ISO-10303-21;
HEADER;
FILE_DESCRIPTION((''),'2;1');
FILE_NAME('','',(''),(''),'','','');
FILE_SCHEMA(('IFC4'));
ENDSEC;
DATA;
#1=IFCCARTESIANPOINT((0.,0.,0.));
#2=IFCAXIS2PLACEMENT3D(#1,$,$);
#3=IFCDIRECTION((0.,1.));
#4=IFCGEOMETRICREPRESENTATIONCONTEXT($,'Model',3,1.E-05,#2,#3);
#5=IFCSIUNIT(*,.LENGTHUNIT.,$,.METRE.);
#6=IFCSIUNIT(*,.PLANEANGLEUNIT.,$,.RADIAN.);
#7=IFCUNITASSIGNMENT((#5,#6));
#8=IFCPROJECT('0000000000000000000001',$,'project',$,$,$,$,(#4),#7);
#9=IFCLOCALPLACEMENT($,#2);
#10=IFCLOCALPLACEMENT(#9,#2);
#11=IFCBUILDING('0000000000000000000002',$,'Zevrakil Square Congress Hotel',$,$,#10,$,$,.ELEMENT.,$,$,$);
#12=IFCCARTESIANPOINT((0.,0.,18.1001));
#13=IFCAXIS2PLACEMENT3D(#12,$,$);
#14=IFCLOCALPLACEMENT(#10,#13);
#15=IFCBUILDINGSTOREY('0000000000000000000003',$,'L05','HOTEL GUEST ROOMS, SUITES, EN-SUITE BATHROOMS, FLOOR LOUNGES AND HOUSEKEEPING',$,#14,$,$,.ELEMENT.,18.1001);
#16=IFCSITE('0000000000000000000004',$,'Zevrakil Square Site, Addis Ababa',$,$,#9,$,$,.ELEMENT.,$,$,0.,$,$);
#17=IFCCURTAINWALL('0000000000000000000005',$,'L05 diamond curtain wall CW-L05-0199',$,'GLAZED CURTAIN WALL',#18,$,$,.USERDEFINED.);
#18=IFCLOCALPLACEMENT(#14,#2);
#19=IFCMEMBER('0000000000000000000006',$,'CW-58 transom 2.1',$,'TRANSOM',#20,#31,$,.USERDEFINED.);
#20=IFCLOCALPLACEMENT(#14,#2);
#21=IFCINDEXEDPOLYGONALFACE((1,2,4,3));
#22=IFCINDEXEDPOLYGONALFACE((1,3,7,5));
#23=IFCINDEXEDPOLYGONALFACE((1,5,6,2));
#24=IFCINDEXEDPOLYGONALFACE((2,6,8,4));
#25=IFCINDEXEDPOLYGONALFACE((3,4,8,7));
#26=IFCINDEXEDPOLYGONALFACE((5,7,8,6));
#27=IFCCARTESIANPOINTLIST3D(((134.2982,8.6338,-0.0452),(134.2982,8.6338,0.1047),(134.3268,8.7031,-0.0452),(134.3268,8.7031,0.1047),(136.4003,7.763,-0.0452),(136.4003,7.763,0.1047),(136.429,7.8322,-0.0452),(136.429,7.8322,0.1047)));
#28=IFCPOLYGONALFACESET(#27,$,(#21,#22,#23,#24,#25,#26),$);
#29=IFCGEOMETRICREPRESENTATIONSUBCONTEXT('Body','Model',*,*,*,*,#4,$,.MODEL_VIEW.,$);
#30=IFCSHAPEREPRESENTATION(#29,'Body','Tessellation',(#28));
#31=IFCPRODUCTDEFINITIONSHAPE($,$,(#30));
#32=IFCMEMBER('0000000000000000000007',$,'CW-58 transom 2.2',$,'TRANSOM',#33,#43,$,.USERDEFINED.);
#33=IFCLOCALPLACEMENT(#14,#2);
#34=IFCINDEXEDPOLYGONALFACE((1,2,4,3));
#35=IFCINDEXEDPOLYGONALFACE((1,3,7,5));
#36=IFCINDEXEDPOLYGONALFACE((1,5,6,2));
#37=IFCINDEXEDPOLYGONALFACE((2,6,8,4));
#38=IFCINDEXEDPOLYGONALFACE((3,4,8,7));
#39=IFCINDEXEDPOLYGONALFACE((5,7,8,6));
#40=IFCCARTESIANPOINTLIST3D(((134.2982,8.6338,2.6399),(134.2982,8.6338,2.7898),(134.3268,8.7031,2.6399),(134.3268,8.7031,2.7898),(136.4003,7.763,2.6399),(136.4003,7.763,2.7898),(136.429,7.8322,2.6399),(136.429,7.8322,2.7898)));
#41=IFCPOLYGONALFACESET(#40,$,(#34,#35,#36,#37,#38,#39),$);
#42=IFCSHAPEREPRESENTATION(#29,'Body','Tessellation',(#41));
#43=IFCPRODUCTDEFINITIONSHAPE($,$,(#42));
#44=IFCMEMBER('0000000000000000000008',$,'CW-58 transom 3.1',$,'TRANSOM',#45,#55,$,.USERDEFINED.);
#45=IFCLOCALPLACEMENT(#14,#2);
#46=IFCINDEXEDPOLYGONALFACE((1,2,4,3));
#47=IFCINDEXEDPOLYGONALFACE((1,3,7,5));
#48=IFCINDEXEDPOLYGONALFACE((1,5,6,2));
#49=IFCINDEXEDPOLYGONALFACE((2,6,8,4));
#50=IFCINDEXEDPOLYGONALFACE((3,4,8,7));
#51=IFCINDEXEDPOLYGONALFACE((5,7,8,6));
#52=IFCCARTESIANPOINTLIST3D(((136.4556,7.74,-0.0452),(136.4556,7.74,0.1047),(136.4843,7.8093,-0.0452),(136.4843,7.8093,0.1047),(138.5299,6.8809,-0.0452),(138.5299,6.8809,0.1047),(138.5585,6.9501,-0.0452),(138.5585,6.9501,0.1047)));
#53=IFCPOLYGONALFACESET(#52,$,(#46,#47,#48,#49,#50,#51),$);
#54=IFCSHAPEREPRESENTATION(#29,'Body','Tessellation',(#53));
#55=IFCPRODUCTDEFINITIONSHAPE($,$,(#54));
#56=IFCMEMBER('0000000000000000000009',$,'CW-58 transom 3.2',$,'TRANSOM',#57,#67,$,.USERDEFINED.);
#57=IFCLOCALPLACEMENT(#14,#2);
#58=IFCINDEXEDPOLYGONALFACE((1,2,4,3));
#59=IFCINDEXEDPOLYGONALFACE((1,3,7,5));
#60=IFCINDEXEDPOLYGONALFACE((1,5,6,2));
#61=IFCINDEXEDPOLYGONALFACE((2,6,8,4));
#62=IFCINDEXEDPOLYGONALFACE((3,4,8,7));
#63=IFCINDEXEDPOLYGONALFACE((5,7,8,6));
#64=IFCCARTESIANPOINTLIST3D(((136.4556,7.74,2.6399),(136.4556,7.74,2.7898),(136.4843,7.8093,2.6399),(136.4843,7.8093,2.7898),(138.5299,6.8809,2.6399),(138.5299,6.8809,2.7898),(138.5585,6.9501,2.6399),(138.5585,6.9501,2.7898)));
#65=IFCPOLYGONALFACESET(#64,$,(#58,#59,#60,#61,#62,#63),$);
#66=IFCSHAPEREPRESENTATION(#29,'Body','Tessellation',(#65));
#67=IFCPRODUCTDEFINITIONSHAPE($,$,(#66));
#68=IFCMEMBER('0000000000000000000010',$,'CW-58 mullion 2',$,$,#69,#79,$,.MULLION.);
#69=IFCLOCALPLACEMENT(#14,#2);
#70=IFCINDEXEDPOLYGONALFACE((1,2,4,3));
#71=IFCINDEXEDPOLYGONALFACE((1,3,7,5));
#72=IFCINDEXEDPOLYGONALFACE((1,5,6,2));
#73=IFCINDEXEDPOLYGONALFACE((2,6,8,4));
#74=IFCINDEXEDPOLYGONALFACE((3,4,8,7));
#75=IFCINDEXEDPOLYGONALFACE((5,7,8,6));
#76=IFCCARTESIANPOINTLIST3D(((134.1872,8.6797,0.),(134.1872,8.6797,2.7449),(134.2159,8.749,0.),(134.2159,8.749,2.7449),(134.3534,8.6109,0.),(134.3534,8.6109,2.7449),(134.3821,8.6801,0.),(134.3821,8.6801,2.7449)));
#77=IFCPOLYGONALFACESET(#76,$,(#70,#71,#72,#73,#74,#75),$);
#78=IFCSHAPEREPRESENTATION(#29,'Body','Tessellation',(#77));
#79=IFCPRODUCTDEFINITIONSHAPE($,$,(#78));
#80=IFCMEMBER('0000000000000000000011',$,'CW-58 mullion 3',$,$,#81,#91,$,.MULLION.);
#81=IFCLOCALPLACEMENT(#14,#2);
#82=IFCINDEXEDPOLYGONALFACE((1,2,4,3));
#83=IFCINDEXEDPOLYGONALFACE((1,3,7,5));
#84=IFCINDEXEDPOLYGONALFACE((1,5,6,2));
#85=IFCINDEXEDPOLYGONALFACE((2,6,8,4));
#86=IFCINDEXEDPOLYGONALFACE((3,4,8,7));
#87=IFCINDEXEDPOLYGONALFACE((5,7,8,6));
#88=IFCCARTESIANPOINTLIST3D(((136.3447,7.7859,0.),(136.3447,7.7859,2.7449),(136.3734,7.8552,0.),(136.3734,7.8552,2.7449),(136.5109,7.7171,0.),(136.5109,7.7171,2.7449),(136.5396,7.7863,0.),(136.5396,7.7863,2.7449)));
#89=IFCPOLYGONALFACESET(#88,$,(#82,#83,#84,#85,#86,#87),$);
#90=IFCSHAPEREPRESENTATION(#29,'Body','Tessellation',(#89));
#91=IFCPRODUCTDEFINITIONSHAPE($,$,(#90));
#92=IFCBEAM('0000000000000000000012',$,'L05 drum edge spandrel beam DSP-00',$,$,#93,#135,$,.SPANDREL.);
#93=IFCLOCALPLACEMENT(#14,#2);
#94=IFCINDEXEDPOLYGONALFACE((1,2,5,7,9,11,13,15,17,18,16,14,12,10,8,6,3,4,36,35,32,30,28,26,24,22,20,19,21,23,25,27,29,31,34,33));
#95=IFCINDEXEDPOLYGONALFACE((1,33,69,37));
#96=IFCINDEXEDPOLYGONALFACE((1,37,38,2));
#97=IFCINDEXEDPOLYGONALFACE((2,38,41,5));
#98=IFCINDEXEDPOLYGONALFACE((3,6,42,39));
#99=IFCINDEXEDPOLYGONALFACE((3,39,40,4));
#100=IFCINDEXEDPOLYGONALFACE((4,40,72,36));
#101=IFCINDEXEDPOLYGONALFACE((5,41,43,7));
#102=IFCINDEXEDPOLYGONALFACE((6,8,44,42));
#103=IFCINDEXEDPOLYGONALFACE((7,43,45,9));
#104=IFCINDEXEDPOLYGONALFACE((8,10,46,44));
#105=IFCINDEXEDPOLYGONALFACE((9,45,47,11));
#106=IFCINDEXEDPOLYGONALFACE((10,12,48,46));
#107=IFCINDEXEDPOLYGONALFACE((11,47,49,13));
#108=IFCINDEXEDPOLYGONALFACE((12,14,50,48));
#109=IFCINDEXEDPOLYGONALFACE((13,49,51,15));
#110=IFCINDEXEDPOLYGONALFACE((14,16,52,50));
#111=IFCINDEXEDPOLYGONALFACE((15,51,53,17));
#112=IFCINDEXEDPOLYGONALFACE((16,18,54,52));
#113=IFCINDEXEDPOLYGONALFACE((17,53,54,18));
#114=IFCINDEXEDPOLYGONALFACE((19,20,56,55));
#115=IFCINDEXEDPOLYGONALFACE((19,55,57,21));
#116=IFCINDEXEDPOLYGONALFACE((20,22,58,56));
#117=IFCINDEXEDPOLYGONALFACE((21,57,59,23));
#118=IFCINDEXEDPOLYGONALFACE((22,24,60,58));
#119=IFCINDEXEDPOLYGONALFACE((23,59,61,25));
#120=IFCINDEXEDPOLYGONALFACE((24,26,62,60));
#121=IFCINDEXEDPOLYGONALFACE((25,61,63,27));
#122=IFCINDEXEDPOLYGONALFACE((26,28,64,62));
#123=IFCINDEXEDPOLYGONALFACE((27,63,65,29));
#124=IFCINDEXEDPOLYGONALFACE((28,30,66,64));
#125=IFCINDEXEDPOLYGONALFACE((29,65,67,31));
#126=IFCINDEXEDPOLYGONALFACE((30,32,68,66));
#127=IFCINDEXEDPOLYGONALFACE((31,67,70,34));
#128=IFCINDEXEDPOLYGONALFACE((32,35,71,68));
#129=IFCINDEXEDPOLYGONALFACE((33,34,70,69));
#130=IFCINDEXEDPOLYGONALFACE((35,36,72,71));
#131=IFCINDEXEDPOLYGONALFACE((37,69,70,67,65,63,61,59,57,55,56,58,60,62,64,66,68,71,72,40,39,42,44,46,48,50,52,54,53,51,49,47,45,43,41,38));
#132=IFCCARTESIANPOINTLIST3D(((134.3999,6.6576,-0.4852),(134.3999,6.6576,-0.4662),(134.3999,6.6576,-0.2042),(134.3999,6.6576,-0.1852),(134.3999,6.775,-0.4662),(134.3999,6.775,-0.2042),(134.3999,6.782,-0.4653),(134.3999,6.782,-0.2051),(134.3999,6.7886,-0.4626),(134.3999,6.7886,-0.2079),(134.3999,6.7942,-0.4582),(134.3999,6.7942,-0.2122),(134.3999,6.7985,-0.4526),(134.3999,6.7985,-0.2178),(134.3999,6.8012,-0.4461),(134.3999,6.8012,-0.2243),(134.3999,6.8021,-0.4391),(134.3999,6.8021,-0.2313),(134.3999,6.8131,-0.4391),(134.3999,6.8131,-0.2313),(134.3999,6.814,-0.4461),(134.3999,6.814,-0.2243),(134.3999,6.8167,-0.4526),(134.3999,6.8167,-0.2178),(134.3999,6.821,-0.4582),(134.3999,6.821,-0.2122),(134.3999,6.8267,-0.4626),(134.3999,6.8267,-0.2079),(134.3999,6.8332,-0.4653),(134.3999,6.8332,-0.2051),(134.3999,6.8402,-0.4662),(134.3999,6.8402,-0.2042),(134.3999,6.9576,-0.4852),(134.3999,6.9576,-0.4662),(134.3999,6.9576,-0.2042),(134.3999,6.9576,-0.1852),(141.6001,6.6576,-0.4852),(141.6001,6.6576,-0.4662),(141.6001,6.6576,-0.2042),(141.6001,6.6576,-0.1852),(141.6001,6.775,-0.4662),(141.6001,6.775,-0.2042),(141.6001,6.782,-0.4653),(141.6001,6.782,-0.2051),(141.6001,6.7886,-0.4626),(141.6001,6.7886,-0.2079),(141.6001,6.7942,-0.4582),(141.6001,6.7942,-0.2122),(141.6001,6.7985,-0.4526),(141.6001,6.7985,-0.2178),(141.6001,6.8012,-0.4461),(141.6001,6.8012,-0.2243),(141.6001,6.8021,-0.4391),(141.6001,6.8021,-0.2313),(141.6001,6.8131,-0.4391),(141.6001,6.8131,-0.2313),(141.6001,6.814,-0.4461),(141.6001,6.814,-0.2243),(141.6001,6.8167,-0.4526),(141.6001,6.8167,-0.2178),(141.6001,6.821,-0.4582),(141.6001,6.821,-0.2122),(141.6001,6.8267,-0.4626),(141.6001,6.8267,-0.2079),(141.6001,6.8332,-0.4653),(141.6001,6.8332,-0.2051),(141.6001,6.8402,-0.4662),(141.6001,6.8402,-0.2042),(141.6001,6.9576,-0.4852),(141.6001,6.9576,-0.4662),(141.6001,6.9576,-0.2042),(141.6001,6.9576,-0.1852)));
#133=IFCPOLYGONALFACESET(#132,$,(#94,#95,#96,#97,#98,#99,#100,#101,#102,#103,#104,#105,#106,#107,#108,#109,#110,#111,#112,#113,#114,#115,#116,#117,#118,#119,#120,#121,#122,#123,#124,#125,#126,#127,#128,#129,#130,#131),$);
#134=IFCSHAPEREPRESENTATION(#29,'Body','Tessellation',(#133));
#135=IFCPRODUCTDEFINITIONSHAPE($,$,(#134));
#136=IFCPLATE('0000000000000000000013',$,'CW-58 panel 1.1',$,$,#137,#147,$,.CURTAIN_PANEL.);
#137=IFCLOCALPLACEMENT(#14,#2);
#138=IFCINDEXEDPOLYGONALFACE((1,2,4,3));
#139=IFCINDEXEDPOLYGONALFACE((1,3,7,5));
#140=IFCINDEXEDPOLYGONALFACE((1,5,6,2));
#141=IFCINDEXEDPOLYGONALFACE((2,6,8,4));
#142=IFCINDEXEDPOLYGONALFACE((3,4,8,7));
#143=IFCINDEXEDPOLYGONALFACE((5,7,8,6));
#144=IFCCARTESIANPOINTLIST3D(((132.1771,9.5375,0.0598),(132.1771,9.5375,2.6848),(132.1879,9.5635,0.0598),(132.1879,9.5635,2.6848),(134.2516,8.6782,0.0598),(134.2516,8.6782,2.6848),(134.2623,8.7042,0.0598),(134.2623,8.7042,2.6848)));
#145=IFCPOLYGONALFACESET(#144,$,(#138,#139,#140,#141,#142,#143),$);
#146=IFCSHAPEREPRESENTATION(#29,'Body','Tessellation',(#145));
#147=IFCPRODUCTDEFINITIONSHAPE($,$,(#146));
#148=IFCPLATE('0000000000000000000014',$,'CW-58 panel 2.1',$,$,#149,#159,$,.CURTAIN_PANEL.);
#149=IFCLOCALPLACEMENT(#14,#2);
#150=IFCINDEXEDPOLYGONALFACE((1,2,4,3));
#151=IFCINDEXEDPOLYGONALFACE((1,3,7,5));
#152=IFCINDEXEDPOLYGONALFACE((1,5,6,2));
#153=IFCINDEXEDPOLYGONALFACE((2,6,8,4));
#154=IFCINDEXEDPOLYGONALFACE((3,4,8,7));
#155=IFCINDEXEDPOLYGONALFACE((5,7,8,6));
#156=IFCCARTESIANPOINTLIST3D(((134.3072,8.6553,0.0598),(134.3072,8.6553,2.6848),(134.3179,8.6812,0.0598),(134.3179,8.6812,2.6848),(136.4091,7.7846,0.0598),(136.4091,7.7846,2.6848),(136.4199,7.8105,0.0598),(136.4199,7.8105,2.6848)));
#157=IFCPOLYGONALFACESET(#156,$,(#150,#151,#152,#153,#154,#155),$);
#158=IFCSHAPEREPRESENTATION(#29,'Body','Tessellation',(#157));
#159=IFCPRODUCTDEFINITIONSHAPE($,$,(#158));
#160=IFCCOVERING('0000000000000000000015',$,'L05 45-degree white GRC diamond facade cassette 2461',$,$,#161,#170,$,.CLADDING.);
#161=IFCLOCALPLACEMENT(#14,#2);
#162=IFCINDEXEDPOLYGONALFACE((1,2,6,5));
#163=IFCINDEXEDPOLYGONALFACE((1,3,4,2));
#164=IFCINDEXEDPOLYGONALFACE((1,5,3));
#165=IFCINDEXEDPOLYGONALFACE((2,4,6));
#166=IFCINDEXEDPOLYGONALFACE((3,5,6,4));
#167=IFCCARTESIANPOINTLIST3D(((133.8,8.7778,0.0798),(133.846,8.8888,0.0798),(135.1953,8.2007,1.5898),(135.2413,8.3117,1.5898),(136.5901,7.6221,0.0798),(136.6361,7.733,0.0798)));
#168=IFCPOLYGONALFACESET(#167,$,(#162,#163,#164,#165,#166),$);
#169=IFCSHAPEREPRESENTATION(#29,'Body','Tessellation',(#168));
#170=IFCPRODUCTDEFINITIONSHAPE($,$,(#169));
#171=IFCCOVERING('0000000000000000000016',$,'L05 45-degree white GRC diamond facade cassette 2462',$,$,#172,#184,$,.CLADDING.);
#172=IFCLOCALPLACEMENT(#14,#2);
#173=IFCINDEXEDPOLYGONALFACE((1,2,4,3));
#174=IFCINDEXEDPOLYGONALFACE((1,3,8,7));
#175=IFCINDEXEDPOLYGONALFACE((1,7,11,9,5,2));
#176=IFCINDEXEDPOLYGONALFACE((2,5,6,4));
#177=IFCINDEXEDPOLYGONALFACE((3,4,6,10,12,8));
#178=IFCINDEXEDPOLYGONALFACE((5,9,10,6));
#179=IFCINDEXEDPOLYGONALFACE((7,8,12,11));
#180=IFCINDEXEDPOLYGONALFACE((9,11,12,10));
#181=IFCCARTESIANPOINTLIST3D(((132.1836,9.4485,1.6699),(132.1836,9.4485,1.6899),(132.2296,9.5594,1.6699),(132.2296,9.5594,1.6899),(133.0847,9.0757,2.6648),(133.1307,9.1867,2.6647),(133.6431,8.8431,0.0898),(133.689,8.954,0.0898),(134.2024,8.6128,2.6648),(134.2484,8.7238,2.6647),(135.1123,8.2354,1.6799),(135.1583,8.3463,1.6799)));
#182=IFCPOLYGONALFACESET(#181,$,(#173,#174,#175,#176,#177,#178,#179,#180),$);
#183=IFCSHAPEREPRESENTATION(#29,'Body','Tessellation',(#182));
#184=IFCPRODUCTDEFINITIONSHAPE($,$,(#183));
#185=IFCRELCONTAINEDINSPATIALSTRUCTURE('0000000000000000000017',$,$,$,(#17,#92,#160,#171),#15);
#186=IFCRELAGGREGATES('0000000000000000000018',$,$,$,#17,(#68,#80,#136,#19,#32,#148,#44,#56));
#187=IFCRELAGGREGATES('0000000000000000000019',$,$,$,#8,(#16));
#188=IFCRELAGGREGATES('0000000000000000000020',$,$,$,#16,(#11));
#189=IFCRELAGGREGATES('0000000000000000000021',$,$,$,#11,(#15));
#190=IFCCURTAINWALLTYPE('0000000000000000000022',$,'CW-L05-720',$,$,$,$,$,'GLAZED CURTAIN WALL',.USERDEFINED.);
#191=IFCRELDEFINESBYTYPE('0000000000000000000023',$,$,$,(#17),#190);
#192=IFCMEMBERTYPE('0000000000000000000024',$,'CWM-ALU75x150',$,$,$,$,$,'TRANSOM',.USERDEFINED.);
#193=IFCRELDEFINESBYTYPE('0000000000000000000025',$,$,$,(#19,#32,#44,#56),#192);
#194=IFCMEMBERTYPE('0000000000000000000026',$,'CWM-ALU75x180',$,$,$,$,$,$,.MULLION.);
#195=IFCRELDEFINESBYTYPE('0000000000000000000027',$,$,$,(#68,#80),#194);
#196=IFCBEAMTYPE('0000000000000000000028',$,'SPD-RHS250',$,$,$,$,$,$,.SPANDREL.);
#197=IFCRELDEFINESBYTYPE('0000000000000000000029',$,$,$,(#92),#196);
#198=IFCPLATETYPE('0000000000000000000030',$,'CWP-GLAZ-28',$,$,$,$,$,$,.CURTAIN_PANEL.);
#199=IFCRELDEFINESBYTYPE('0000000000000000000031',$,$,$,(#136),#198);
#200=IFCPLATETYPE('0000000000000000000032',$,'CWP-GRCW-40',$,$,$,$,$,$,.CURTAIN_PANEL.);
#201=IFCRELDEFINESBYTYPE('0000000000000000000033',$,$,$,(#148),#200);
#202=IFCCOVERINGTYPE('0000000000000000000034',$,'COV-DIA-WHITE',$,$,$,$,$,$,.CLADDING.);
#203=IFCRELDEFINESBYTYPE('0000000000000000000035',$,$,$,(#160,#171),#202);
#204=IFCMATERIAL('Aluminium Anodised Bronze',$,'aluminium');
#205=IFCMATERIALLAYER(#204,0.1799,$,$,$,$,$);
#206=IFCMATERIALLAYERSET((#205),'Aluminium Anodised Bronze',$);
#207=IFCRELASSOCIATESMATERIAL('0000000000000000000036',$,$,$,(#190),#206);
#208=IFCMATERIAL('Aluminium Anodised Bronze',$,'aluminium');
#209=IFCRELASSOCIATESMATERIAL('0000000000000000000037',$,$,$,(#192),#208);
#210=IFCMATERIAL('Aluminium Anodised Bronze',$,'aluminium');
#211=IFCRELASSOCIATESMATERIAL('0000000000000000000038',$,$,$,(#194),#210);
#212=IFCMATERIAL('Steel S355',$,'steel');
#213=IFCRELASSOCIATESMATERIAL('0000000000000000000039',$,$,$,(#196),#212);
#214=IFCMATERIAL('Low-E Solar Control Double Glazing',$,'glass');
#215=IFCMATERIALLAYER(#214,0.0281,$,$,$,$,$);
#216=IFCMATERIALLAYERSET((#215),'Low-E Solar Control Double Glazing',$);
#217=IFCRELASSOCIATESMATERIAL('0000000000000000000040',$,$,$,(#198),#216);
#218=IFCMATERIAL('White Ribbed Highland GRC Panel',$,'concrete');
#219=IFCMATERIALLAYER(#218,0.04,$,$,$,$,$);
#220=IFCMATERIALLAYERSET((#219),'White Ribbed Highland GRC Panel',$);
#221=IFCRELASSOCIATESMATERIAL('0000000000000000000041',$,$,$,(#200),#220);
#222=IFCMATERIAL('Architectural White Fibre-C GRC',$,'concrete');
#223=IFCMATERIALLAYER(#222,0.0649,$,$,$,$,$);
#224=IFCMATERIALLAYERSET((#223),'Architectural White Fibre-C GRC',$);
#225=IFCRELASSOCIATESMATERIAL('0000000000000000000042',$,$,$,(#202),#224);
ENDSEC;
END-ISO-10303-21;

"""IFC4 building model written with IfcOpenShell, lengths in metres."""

from ifc_helpers import new_model, si_unit, direction, frame, origin, origin_2d, place, context, subcontext, project, spatial, polyline, rectangle, i_section, outline, extrude, material, layer, layer_set, material_profile, profile_set, type_object, element, aggregate, save


model = new_model("IFC4")

# Units and contexts
model_context = context("Model", 3, precision=1e-05, world=origin(), true_north=direction((0.0, 1.0)))
body_context = subcontext(model_context, "Body", "Model", "MODEL_VIEW")
ifc_project = project(units=[si_unit("LENGTHUNIT", "METRE"), si_unit("PLANEANGLEUNIT", "RADIAN")], contexts=[model_context])

# Site, building, storey
site_placement = place(None, origin())
site = spatial("IfcSite", under=ifc_project, at=site_placement, Name="Zevrakil Square Site, Addis Ababa", CompositionType="ELEMENT", RefElevation=0.0)
building_placement = place(site_placement, origin())
building = spatial("IfcBuilding", under=site, at=building_placement, Name="Zevrakil Square Congress Hotel", CompositionType="ELEMENT")
storey_placement = place(building_placement, frame((0.0, 0.0, 18.1001)))
storey = spatial("IfcBuildingStorey", under=building, at=storey_placement, Name="L05", Description="HOTEL GUEST ROOMS, SUITES, EN-SUITE BATHROOMS, FLOOR LOUNGES AND HOUSEKEEPING", CompositionType="ELEMENT", Elevation=18.1001)

# Curtain wall, members
ifc_material_1 = material(Name="Aluminium Anodised Bronze", Category="aluminium")
ifc_layer_1 = layer(ifc_material_1, 0.1799)
ifc_layer_set_1 = layer_set([ifc_layer_1], Name="Aluminium Anodised Bronze")
curtain_wall_type = type_object("IfcCurtainWallType", Name="CW-L05-720", ElementType="GLAZED CURTAIN WALL", PredefinedType="USERDEFINED", material=ifc_layer_set_1)
curtain_wall_placement = place(storey_placement, origin())
curtain_wall = element("IfcCurtainWall", 1, at=curtain_wall_placement, inside=storey, type_object=curtain_wall_type, Name="L05 diamond curtain wall CW-L05-0199", ObjectType="GLAZED CURTAIN WALL", PredefinedType="USERDEFINED")
ifc_material_2 = material(Name="Aluminium Anodised Bronze", Category="aluminium")
ifc_material_profile_1 = material_profile(ifc_material_2, rectangle(XDim=0.075, YDim=0.1499, at=origin_2d()), Name="ALU 75x150")
ifc_profile_set_1 = profile_set([ifc_material_profile_1], Name="Aluminium Anodised Bronze")
member_type_1 = type_object("IfcMemberType", Name="CWM-ALU75x150", ElementType="TRANSOM", PredefinedType="USERDEFINED", material=ifc_profile_set_1)
member_1_placement = place(storey_placement, frame((134.3125, 8.6685, 0.0298), z_axis=(0.923856, -0.38274, 0.0), x_axis=(0.38274, 0.923856, 0.0)))
member_1 = element("IfcMember", 2, at=member_1_placement, type_object=member_type_1, Name="CW-58 transom 2.1", ObjectType="TRANSOM", PredefinedType="USERDEFINED", context=body_context, shape_type="SweptSolid", body=[
    extrude(rectangle(XDim=0.075, YDim=0.1499, at=origin_2d()), origin(), (0.0, 0.0, 1.0), 2.2754),
])
member_2_placement = place(storey_placement, frame((134.3125, 8.6685, 2.7148), z_axis=(0.923856, -0.38274, 0.0), x_axis=(0.38274, 0.923856, 0.0)))
member_2 = element("IfcMember", 3, at=member_2_placement, type_object=member_type_1, Name="CW-58 transom 2.2", ObjectType="TRANSOM", PredefinedType="USERDEFINED", context=body_context, shape_type="SweptSolid", body=[
    extrude(rectangle(XDim=0.075, YDim=0.1499, at=origin_2d()), origin(), (0.0, 0.0, 1.0), 2.2754),
])
member_3_placement = place(storey_placement, frame((136.47, 7.7747, 0.0298), z_axis=(0.923886, -0.382669, 0.0), x_axis=(0.382669, 0.923886, 0.0)))
member_3 = element("IfcMember", 4, at=member_3_placement, type_object=member_type_1, Name="CW-58 transom 3.1", ObjectType="TRANSOM", PredefinedType="USERDEFINED", context=body_context, shape_type="SweptSolid", body=[
    extrude(rectangle(XDim=0.075, YDim=0.1499, at=origin_2d()), origin(), (0.0, 0.0, 1.0), 2.2451),
])
member_4_placement = place(storey_placement, frame((136.47, 7.7747, 2.7148), z_axis=(0.923886, -0.382669, 0.0), x_axis=(0.382669, 0.923886, 0.0)))
member_4 = element("IfcMember", 5, at=member_4_placement, type_object=member_type_1, Name="CW-58 transom 3.2", ObjectType="TRANSOM", PredefinedType="USERDEFINED", context=body_context, shape_type="SweptSolid", body=[
    extrude(rectangle(XDim=0.075, YDim=0.1499, at=origin_2d()), origin(), (0.0, 0.0, 1.0), 2.2451),
])
ifc_material_3 = material(Name="Aluminium Anodised Bronze", Category="aluminium")
ifc_material_profile_2 = material_profile(ifc_material_3, rectangle(XDim=0.075, YDim=0.1799, at=origin_2d()), Name="ALU 75x180")
ifc_profile_set_2 = profile_set([ifc_material_profile_2], Name="Aluminium Anodised Bronze")
member_type_2 = type_object("IfcMemberType", Name="CWM-ALU75x180", PredefinedType="MULLION", material=ifc_profile_set_2)
member_5_placement = place(storey_placement, frame((134.2847, 8.6799, 0.0), z_axis=(0.0, 0.0, 1.0), x_axis=(0.382684, 0.923879, 0.0)))
member_5 = element("IfcMember", 6, at=member_5_placement, type_object=member_type_2, Name="CW-58 mullion 2", PredefinedType="MULLION", context=body_context, shape_type="SweptSolid", body=[
    extrude(rectangle(XDim=0.075, YDim=0.1799, at=origin_2d()), origin(), (0.0, 0.0, 1.0), 2.7449),
])
member_6_placement = place(storey_placement, frame((136.4421, 7.7861, 0.0), z_axis=(0.0, 0.0, 1.0), x_axis=(0.382684, 0.923879, 0.0)))
member_6 = element("IfcMember", 7, at=member_6_placement, type_object=member_type_2, Name="CW-58 mullion 3", PredefinedType="MULLION", context=body_context, shape_type="SweptSolid", body=[
    extrude(rectangle(XDim=0.075, YDim=0.1799, at=origin_2d()), origin(), (0.0, 0.0, 1.0), 2.7449),
])

# Beam
ifc_material_4 = material(Name="Steel S355", Category="steel")
ifc_material_profile_3 = material_profile(ifc_material_4, i_section(OverallWidth=0.3, OverallDepth=0.3, WebThickness=0.011, FlangeThickness=0.019, FilletRadius=0.0271, at=origin_2d()), Name="HEB 300")
ifc_profile_set_3 = profile_set([ifc_material_profile_3], Name="Steel S355")
beam_type = type_object("IfcBeamType", Name="SPD-RHS250", PredefinedType="SPANDREL", material=ifc_profile_set_3)
beam_placement = place(storey_placement, frame((134.3999, 6.8076, -0.3352), z_axis=(1.0, 0.0, 0.0), x_axis=(0.0, 1.0, 0.0)))
element("IfcBeam", 8, at=beam_placement, inside=storey, type_object=beam_type, Name="L05 drum edge spandrel beam DSP-00", PredefinedType="SPANDREL", context=body_context, shape_type="SweptSolid", body=[
    extrude(i_section(OverallWidth=0.3, OverallDepth=0.3, WebThickness=0.011, FlangeThickness=0.019, FilletRadius=0.0271, at=origin_2d()), origin(), (0.0, 0.0, 1.0), 7.2002),
])

# Plates
ifc_material_5 = material(Name="Low-E Solar Control Double Glazing", Category="glass")
ifc_layer_2 = layer(ifc_material_5, 0.0281)
ifc_layer_set_2 = layer_set([ifc_layer_2], Name="Low-E Solar Control Double Glazing")
plate_type_1 = type_object("IfcPlateType", Name="CWP-GLAZ-28", PredefinedType="CURTAIN_PANEL", material=ifc_layer_set_2)
plate_1_placement = place(storey_placement, frame((133.2197, 9.1208, 0.0598), z_axis=(0.0, 0.0, 1.0), x_axis=(0.923879, -0.382684, 0.0)))
plate_1 = element("IfcPlate", 9, at=plate_1_placement, type_object=plate_type_1, Name="CW-58 panel 1.1", PredefinedType="CURTAIN_PANEL", context=body_context, shape_type="SweptSolid", body=[
    extrude(rectangle(XDim=2.2454, YDim=0.0281, at=origin_2d()), origin(), (0.0, 0.0, 1.0), 2.625),
])
ifc_material_6 = material(Name="White Ribbed Highland GRC Panel", Category="concrete")
ifc_layer_3 = layer(ifc_material_6, 0.04)
ifc_layer_set_3 = layer_set([ifc_layer_3], Name="White Ribbed Highland GRC Panel")
plate_type_2 = type_object("IfcPlateType", Name="CWP-GRCW-40", PredefinedType="CURTAIN_PANEL", material=ifc_layer_set_3)
plate_2_placement = place(storey_placement, frame((135.3635, 8.2329, 0.0598), z_axis=(0.0, 0.0, 1.0), x_axis=(0.923879, -0.382684, 0.0)))
plate_2 = element("IfcPlate", 10, at=plate_2_placement, type_object=plate_type_2, Name="CW-58 panel 2.1", PredefinedType="CURTAIN_PANEL", context=body_context, shape_type="SweptSolid", body=[
    extrude(rectangle(XDim=2.2751, YDim=0.0281, at=origin_2d()), origin(), (0.0, 0.0, 1.0), 2.625),
])
aggregate(curtain_wall, [member_5, member_6, plate_1, member_1, member_2, plate_2, member_3, member_4])

# Coverings
ifc_material_7 = material(Name="Architectural White Fibre-C GRC", Category="concrete")
ifc_layer_4 = layer(ifc_material_7, 0.0649)
ifc_layer_set_4 = layer_set([ifc_layer_4], Name="Architectural White Fibre-C GRC")
covering_type_1 = type_object("IfcCoveringType", Name="COV-DIA-WHITE", PredefinedType="CLADDING", material=ifc_layer_set_4)
covering_1_placement = place(storey_placement, frame((135.1953, 8.2007, 1.5898), z_axis=(-0.382709, -0.923869, 0.00051), x_axis=(0.65314, -0.270951, -0.707102)))
element("IfcCovering", 11, at=covering_1_placement, inside=storey, type_object=covering_type_1, Name="L05 45-degree white GRC diamond facade cassette 2461", PredefinedType="CLADDING", context=body_context, shape_type="SweptSolid", body=[
    extrude(outline(polyline([(0.0, 0.0), (2.1355, 0.0), (0.0, -2.1354), (0.0, 0.0)])), origin(), (0.0, 0.0, -1.0), 0.1201),
])
covering_2_placement = place(storey_placement, frame((135.1123, 8.2354, 1.6799), z_axis=(-0.382683, -0.923879, 0.000504), x_axis=(-0.653388, 0.270256, -0.707139)))
element("IfcCovering", 12, at=covering_2_placement, inside=storey, type_object=covering_type_1, Name="L05 45-degree white GRC diamond facade cassette 2462", PredefinedType="CLADDING", context=body_context, shape_type="SweptSolid", body=[
    extrude(outline(polyline([(0.0, 0.0), (2.2486, 0.0), (2.2485, -2.2346), (2.2344, -2.2487), (0.8555, -2.2484), (0.0001, -1.393), (0.0, 0.0)])), origin(), (0.0, 0.0, -1.0), 0.1201),
])

save(model, "model.ifc")
